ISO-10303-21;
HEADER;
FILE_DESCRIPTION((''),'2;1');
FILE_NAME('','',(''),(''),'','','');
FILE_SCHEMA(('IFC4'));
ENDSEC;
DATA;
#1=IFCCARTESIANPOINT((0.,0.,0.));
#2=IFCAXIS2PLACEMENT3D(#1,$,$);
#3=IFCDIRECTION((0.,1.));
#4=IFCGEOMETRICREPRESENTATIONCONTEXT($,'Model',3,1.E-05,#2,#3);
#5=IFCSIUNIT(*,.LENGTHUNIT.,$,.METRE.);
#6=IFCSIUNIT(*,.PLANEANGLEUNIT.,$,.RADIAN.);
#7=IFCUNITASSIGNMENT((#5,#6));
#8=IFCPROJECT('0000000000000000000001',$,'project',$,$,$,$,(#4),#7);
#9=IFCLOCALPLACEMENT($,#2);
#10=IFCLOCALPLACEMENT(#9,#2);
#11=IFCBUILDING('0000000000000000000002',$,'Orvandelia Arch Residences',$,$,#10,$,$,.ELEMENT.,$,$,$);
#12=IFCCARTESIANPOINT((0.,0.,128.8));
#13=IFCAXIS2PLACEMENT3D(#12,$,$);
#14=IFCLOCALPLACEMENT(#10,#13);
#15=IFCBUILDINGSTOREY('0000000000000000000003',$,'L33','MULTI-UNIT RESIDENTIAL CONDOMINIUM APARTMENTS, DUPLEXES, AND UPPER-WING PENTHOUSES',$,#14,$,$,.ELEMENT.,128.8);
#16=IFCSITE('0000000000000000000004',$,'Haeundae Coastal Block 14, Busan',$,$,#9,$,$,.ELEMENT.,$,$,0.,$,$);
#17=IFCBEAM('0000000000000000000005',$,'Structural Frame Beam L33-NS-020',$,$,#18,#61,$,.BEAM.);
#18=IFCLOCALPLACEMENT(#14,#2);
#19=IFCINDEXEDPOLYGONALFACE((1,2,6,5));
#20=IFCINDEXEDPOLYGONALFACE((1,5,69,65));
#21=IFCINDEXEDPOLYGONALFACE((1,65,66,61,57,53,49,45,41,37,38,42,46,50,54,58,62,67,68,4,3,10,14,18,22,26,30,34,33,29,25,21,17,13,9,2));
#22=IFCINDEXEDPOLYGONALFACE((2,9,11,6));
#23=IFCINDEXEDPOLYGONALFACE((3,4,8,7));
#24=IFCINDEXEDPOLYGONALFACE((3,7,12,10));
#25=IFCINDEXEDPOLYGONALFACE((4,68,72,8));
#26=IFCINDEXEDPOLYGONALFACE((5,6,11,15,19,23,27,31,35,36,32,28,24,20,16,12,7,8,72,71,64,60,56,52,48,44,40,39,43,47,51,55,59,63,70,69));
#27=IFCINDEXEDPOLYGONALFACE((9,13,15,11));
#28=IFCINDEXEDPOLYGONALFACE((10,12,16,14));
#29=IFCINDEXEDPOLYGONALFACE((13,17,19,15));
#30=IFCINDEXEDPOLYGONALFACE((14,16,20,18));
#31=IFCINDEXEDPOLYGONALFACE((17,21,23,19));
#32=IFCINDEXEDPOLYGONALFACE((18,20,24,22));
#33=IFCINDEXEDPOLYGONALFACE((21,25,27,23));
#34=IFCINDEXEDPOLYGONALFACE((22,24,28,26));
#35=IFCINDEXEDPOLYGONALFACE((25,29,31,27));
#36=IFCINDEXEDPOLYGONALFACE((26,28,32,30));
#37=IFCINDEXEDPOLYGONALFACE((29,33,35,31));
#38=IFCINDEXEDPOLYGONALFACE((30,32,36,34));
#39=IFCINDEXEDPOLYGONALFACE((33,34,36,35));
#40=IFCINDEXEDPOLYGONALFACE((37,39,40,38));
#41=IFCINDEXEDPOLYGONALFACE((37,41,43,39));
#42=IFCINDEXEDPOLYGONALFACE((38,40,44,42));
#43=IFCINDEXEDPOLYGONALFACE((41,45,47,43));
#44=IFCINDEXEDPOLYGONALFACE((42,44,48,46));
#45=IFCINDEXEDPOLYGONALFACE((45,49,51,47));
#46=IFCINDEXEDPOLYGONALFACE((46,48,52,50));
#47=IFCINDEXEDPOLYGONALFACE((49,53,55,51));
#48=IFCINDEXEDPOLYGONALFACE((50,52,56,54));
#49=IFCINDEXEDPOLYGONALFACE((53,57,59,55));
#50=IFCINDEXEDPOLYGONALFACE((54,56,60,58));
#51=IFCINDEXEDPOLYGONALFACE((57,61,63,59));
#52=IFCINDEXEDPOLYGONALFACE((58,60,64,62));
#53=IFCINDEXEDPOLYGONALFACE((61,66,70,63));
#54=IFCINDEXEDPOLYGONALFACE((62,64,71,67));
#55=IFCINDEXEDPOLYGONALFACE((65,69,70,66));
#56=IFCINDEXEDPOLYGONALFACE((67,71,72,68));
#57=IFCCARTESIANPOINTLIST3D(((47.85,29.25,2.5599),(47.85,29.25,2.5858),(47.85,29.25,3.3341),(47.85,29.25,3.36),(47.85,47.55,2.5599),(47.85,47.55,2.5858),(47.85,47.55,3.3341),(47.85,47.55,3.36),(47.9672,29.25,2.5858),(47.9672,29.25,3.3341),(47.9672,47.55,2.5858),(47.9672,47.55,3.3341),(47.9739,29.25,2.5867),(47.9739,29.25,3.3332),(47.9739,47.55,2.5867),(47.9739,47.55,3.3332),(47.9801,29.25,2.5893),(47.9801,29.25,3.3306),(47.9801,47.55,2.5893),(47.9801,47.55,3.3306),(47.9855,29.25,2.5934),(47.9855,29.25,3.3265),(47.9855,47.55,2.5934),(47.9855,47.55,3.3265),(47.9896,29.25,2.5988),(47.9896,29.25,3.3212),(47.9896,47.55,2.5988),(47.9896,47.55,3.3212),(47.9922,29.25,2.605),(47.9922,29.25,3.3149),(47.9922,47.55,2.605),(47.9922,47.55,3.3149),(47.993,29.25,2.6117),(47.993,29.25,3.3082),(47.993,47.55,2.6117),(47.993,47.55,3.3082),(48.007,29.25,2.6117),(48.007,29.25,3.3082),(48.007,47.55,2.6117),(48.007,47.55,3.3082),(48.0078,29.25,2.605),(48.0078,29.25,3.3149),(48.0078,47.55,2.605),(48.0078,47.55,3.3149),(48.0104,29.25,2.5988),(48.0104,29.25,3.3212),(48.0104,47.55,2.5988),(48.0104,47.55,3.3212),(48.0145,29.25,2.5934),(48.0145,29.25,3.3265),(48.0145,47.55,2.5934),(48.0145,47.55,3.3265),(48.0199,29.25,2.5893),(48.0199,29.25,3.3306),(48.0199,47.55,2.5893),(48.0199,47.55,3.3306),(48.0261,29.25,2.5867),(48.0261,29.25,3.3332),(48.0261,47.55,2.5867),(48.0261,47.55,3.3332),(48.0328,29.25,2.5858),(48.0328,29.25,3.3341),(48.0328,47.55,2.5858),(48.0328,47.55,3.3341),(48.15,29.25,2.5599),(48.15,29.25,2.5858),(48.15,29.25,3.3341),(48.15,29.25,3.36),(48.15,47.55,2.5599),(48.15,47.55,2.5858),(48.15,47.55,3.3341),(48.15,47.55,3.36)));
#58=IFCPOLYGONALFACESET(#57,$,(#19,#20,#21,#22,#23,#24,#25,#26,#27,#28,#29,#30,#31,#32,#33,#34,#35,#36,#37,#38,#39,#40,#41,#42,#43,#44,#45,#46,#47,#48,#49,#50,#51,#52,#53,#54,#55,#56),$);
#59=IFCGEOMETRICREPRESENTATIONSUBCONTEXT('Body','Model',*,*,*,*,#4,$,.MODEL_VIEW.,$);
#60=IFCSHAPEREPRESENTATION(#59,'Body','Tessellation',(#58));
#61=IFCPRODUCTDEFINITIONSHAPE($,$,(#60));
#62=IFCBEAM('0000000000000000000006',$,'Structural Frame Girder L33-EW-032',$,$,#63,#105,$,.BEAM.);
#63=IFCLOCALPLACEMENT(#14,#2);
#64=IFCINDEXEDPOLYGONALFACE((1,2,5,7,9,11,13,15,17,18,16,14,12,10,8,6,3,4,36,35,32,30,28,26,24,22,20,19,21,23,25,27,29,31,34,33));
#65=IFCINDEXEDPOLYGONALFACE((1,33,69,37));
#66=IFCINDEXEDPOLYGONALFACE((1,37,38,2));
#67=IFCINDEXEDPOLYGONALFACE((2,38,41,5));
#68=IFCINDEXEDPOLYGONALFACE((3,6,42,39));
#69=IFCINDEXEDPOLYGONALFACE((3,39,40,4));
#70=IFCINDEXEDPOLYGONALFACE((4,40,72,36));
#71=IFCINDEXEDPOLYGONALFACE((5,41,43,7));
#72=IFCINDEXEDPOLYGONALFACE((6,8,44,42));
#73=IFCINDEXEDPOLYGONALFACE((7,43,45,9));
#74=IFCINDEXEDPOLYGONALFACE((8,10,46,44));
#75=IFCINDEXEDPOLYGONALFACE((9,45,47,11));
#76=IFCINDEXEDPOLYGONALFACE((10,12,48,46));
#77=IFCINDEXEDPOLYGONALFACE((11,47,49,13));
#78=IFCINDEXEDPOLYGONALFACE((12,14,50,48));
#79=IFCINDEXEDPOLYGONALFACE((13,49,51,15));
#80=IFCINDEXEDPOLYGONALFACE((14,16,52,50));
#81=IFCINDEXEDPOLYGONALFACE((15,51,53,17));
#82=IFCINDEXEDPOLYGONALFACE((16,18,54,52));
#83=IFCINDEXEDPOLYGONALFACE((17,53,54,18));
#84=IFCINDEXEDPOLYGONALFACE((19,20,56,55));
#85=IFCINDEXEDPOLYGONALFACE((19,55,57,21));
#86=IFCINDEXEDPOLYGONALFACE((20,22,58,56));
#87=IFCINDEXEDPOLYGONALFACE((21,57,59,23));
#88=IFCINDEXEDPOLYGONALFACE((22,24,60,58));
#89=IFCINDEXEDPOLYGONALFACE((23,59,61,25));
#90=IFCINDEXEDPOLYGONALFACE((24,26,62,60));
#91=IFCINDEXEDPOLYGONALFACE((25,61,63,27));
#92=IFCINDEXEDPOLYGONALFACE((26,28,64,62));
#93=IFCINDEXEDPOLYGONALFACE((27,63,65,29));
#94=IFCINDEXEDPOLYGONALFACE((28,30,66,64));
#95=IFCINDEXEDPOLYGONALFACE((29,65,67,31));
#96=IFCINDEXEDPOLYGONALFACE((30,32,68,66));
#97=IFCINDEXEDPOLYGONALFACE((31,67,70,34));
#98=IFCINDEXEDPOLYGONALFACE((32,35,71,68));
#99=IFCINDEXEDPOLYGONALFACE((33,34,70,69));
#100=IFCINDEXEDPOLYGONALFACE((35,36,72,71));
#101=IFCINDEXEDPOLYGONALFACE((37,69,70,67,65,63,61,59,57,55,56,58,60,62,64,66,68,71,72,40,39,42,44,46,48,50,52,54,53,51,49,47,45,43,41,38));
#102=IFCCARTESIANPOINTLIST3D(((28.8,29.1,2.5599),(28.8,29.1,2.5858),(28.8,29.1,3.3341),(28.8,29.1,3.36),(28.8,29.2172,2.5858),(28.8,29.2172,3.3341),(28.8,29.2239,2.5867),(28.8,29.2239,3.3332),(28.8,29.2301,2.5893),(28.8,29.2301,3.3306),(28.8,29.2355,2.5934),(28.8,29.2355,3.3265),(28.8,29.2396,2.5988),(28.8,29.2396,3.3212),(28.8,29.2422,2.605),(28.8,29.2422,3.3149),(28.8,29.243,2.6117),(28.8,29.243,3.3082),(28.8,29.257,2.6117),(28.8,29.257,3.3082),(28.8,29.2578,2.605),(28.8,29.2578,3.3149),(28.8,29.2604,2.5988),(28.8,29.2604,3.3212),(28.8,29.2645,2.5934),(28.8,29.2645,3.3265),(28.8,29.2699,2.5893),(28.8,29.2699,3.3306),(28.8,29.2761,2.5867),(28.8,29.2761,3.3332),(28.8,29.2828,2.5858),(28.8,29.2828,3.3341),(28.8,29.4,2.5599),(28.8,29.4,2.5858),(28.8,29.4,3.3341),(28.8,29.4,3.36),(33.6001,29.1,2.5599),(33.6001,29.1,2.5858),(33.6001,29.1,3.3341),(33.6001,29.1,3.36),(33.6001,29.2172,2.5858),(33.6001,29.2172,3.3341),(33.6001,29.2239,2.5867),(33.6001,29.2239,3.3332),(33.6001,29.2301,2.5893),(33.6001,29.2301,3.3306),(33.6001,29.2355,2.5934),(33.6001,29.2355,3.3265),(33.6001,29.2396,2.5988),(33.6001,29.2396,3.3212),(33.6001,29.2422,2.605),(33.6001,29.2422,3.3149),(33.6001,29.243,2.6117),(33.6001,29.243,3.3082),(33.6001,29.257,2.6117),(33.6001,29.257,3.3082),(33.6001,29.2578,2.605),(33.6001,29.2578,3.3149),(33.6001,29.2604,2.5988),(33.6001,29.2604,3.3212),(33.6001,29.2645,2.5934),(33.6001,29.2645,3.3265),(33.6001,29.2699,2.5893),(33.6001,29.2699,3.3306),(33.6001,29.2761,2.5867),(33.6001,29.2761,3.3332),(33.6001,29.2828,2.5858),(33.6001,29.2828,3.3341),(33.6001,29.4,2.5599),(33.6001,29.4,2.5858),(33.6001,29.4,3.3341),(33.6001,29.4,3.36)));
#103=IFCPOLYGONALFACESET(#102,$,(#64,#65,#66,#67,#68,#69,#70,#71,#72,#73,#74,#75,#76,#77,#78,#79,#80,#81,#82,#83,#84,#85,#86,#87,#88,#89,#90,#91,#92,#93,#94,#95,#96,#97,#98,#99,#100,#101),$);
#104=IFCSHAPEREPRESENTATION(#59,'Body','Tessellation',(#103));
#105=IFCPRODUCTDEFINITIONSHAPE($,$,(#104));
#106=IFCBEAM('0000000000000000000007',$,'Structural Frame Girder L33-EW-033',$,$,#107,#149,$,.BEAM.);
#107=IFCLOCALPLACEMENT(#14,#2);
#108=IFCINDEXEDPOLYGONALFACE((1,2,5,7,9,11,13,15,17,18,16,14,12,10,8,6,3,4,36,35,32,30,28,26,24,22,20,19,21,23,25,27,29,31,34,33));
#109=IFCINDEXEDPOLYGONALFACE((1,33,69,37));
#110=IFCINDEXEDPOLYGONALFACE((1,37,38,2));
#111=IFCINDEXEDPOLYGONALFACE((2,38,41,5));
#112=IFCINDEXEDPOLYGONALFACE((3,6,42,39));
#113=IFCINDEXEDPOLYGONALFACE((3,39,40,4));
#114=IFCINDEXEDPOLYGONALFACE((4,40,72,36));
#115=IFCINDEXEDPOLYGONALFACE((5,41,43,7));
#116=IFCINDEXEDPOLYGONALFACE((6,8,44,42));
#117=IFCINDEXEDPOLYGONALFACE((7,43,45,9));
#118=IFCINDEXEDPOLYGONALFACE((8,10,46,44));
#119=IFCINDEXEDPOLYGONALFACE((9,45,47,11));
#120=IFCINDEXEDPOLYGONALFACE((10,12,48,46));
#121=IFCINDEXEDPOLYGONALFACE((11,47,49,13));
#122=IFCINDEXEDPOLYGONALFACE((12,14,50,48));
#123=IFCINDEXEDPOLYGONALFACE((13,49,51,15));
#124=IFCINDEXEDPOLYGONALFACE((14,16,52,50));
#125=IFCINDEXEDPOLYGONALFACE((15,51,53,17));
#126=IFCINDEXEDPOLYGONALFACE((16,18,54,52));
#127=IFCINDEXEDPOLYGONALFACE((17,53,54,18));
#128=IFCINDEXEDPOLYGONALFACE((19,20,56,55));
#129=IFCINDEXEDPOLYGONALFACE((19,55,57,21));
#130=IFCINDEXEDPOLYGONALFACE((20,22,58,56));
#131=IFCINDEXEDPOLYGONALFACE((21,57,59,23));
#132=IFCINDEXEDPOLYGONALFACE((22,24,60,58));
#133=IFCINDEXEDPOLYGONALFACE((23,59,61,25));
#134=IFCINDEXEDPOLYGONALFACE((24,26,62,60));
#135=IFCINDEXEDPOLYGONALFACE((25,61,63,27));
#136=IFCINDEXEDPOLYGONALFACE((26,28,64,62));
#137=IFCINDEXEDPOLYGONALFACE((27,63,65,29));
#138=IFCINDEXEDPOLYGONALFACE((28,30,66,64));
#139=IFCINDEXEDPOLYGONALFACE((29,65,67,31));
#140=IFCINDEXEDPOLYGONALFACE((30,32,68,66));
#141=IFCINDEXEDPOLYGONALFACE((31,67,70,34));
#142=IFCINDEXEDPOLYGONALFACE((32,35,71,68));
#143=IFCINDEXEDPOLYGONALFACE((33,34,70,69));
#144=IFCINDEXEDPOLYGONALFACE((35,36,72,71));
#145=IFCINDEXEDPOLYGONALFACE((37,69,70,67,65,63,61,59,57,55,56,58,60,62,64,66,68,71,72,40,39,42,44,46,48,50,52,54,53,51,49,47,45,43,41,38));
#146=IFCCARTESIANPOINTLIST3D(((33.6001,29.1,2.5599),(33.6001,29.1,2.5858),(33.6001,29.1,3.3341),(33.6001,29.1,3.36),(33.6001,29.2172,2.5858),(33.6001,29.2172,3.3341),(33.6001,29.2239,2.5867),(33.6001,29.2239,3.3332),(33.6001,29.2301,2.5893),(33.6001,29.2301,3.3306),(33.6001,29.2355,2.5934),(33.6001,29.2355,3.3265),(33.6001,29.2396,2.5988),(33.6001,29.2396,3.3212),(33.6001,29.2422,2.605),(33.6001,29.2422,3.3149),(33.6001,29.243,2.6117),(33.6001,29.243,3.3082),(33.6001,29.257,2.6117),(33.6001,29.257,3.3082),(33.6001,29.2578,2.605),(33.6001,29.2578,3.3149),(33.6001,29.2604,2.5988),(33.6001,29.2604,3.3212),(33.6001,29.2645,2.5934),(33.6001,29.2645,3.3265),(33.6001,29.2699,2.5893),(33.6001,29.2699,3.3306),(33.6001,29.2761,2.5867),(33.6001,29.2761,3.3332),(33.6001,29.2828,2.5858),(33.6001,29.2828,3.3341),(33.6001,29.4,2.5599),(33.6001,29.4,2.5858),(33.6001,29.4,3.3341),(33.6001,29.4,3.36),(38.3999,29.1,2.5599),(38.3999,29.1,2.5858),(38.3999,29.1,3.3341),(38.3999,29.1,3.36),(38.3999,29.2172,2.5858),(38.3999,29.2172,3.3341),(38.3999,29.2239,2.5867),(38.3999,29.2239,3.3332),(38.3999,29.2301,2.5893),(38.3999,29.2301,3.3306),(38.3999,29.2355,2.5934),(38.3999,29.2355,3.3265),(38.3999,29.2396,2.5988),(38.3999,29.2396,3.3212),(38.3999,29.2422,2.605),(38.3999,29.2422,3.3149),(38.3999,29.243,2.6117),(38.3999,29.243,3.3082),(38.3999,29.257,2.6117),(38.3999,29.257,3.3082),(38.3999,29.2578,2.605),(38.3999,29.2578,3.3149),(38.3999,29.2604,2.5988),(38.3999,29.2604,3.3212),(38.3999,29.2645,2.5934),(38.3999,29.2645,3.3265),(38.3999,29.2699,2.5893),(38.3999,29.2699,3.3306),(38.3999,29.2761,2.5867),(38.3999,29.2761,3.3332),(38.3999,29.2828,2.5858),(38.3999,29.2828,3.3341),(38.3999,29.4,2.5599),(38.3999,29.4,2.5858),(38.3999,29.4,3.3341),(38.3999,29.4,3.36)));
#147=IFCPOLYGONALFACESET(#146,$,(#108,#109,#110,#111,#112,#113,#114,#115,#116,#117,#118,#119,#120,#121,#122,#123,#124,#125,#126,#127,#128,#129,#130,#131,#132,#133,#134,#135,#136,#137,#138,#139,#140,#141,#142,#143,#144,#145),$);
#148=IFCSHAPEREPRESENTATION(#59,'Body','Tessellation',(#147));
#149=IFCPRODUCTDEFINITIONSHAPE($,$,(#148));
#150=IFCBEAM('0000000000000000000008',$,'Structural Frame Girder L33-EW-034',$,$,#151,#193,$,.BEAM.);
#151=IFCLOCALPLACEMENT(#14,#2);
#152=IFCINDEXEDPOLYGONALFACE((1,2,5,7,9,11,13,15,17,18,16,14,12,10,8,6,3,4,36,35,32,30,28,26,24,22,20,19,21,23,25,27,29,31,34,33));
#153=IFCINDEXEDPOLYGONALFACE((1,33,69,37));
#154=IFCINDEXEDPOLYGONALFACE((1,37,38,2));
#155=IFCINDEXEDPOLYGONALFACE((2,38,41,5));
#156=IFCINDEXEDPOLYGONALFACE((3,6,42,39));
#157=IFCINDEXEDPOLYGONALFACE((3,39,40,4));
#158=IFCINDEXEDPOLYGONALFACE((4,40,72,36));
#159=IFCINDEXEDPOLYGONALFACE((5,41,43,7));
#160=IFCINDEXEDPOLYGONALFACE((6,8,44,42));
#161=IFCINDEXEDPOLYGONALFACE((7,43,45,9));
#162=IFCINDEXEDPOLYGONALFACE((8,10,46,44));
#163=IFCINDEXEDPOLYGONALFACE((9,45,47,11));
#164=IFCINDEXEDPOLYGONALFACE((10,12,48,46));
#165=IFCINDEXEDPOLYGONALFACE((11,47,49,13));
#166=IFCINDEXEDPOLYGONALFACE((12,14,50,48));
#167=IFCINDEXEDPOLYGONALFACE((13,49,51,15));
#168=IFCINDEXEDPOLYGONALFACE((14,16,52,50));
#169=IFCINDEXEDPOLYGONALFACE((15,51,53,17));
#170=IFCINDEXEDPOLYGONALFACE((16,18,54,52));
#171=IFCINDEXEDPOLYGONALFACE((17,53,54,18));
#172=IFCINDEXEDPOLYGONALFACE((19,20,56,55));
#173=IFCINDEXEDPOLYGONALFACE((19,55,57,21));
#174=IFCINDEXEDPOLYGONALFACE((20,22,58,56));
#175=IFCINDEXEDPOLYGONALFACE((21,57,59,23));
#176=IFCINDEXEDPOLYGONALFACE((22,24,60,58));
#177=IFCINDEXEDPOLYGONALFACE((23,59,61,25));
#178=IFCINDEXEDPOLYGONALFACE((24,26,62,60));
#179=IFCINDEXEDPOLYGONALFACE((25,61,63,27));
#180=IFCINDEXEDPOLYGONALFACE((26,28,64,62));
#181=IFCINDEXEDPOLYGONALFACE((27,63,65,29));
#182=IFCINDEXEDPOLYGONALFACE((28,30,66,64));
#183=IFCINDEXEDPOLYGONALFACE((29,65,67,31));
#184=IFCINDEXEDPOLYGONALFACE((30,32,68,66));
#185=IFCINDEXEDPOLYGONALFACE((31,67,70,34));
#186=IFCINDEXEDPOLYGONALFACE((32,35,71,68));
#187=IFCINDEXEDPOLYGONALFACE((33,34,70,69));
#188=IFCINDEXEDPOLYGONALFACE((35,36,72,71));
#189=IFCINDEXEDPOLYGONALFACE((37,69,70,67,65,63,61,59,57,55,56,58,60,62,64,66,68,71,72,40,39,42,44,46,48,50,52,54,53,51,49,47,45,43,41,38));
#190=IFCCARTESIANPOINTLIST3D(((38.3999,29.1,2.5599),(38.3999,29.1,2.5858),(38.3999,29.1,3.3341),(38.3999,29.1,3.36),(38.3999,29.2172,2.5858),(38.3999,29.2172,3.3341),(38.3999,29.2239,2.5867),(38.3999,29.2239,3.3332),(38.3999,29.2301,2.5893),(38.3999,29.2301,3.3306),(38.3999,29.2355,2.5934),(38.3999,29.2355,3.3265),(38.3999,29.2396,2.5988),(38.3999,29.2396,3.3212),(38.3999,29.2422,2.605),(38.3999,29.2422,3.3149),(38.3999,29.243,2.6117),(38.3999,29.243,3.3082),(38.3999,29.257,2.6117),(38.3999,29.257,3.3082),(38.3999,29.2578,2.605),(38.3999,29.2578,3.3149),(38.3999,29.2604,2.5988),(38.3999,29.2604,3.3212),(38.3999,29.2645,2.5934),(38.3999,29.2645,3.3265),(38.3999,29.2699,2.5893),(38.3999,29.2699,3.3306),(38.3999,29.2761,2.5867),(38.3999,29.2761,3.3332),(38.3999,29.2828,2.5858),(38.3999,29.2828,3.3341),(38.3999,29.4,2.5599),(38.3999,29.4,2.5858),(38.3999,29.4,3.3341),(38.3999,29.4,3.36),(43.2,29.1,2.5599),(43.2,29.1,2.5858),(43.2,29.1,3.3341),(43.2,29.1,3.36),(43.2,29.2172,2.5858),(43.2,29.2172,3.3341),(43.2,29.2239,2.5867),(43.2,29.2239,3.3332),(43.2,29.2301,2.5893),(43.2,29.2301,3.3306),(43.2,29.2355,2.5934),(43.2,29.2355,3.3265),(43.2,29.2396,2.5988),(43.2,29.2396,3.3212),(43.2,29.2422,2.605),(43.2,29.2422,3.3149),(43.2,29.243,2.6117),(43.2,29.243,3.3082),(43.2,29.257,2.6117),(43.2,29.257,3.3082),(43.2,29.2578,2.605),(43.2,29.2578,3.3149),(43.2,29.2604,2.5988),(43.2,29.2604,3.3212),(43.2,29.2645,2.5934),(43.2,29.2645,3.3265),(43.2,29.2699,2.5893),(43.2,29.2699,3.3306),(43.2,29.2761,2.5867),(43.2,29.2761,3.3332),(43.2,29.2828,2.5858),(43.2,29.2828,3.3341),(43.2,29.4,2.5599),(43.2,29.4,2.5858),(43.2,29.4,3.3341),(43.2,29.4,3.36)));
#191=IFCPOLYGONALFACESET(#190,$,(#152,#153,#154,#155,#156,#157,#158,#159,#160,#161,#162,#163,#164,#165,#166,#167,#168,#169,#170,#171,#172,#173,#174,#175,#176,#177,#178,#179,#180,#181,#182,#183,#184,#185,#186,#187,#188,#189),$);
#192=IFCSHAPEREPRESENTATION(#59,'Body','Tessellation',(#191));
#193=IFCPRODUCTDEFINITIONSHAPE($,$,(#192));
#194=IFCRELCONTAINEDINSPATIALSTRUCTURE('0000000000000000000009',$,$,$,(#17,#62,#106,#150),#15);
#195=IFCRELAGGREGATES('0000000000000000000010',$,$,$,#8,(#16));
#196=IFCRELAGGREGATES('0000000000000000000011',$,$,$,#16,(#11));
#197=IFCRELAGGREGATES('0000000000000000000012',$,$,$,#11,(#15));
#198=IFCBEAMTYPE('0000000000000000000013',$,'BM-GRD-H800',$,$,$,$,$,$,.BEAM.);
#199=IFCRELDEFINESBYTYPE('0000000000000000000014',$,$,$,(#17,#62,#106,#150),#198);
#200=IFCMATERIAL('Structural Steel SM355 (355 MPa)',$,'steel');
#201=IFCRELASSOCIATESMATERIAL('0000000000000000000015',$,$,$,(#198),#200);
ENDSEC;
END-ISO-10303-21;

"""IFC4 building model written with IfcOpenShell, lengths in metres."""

from ifc_helpers import new_model, si_unit, direction, frame, origin, origin_2d, place, context, subcontext, project, spatial, i_section, extrude, material, material_profile, profile_set, type_object, element, save


model = new_model("IFC4")

# Units and contexts
model_context = context("Model", 3, precision=1e-05, world=origin(), true_north=direction((0.0, 1.0)))
body_context = subcontext(model_context, "Body", "Model", "MODEL_VIEW")
ifc_project = project(units=[si_unit("LENGTHUNIT", "METRE"), si_unit("PLANEANGLEUNIT", "RADIAN")], contexts=[model_context])

# Site, building, storey
site_placement = place(None, origin())
site = spatial("IfcSite", under=ifc_project, at=site_placement, Name="Haeundae Coastal Block 14, Busan", CompositionType="ELEMENT", RefElevation=0.0)
building_placement = place(site_placement, origin())
building = spatial("IfcBuilding", under=site, at=building_placement, Name="Orvandelia Arch Residences", CompositionType="ELEMENT")
storey_placement = place(building_placement, frame((0.0, 0.0, 128.8)))
storey = spatial("IfcBuildingStorey", under=building, at=storey_placement, Name="L33", Description="MULTI-UNIT RESIDENTIAL CONDOMINIUM APARTMENTS, DUPLEXES, AND UPPER-WING PENTHOUSES", CompositionType="ELEMENT", Elevation=128.8)

# Beams
ifc_material_1 = material(Name="Structural Steel SM355 (355 MPa)", Category="steel")
ifc_material_profile_1 = material_profile(ifc_material_1, i_section(OverallWidth=0.3, OverallDepth=0.8, WebThickness=0.0139, FlangeThickness=0.0259, FilletRadius=0.0259, at=origin_2d()), Name="Structural Steel SM355 (355 MPa)", Category="steel")
ifc_profile_set_1 = profile_set([ifc_material_profile_1], Name="Structural Steel SM355 (355 MPa)")
beam_type = type_object("IfcBeamType", Name="BM-GRD-H800", PredefinedType="BEAM", material=ifc_profile_set_1)
for number, where, z_axis, x_axis, name in (
    (1, (48.0, 29.25, 2.96), (0.0, 1.0, 0.0), (-1.0, 0.0, 0.0), "Structural Frame Beam L33-NS-020"),
):
    element("IfcBeam", number, at=place(storey_placement, frame(where, z_axis=z_axis, x_axis=x_axis)), inside=storey, type_object=beam_type, Name=name, PredefinedType="BEAM", context=body_context, shape_type="SweptSolid", body=[
        extrude(i_section(OverallWidth=0.3, OverallDepth=0.8, WebThickness=0.0139, FlangeThickness=0.0259, FilletRadius=0.0259, at=origin_2d()), origin(), (0.0, 0.0, 1.0), 18.3),
    ])
beam_1_placement = place(storey_placement, frame((28.8, 29.25, 2.96), z_axis=(1.0, 0.0, 0.0), x_axis=(0.0, 1.0, 0.0)))
element("IfcBeam", 2, at=beam_1_placement, inside=storey, type_object=beam_type, Name="Structural Frame Girder L33-EW-032", PredefinedType="BEAM", context=body_context, shape_type="SweptSolid", body=[
    extrude(i_section(OverallWidth=0.3, OverallDepth=0.8, WebThickness=0.0139, FlangeThickness=0.0259, FilletRadius=0.0259, at=origin_2d()), origin(), (0.0, 0.0, 1.0), 4.8),
])
beam_2_placement = place(storey_placement, frame((33.6001, 29.25, 2.96), z_axis=(1.0, 0.0, 0.0), x_axis=(0.0, 1.0, 0.0)))
element("IfcBeam", 3, at=beam_2_placement, inside=storey, type_object=beam_type, Name="Structural Frame Girder L33-EW-033", PredefinedType="BEAM", context=body_context, shape_type="SweptSolid", body=[
    extrude(i_section(OverallWidth=0.3, OverallDepth=0.8, WebThickness=0.0139, FlangeThickness=0.0259, FilletRadius=0.0259, at=origin_2d()), origin(), (0.0, 0.0, 1.0), 4.7998),
])
for number, where, z_axis, x_axis, name in (
    (4, (38.3999, 29.25, 2.96), (1.0, 0.0, 0.0), (0.0, 1.0, 0.0), "Structural Frame Girder L33-EW-034"),
):
    element("IfcBeam", number, at=place(storey_placement, frame(where, z_axis=z_axis, x_axis=x_axis)), inside=storey, type_object=beam_type, Name=name, PredefinedType="BEAM", context=body_context, shape_type="SweptSolid", body=[
        extrude(i_section(OverallWidth=0.3, OverallDepth=0.8, WebThickness=0.0139, FlangeThickness=0.0259, FilletRadius=0.0259, at=origin_2d()), origin(), (0.0, 0.0, 1.0), 4.8),
    ])

save(model, "model.ifc")
